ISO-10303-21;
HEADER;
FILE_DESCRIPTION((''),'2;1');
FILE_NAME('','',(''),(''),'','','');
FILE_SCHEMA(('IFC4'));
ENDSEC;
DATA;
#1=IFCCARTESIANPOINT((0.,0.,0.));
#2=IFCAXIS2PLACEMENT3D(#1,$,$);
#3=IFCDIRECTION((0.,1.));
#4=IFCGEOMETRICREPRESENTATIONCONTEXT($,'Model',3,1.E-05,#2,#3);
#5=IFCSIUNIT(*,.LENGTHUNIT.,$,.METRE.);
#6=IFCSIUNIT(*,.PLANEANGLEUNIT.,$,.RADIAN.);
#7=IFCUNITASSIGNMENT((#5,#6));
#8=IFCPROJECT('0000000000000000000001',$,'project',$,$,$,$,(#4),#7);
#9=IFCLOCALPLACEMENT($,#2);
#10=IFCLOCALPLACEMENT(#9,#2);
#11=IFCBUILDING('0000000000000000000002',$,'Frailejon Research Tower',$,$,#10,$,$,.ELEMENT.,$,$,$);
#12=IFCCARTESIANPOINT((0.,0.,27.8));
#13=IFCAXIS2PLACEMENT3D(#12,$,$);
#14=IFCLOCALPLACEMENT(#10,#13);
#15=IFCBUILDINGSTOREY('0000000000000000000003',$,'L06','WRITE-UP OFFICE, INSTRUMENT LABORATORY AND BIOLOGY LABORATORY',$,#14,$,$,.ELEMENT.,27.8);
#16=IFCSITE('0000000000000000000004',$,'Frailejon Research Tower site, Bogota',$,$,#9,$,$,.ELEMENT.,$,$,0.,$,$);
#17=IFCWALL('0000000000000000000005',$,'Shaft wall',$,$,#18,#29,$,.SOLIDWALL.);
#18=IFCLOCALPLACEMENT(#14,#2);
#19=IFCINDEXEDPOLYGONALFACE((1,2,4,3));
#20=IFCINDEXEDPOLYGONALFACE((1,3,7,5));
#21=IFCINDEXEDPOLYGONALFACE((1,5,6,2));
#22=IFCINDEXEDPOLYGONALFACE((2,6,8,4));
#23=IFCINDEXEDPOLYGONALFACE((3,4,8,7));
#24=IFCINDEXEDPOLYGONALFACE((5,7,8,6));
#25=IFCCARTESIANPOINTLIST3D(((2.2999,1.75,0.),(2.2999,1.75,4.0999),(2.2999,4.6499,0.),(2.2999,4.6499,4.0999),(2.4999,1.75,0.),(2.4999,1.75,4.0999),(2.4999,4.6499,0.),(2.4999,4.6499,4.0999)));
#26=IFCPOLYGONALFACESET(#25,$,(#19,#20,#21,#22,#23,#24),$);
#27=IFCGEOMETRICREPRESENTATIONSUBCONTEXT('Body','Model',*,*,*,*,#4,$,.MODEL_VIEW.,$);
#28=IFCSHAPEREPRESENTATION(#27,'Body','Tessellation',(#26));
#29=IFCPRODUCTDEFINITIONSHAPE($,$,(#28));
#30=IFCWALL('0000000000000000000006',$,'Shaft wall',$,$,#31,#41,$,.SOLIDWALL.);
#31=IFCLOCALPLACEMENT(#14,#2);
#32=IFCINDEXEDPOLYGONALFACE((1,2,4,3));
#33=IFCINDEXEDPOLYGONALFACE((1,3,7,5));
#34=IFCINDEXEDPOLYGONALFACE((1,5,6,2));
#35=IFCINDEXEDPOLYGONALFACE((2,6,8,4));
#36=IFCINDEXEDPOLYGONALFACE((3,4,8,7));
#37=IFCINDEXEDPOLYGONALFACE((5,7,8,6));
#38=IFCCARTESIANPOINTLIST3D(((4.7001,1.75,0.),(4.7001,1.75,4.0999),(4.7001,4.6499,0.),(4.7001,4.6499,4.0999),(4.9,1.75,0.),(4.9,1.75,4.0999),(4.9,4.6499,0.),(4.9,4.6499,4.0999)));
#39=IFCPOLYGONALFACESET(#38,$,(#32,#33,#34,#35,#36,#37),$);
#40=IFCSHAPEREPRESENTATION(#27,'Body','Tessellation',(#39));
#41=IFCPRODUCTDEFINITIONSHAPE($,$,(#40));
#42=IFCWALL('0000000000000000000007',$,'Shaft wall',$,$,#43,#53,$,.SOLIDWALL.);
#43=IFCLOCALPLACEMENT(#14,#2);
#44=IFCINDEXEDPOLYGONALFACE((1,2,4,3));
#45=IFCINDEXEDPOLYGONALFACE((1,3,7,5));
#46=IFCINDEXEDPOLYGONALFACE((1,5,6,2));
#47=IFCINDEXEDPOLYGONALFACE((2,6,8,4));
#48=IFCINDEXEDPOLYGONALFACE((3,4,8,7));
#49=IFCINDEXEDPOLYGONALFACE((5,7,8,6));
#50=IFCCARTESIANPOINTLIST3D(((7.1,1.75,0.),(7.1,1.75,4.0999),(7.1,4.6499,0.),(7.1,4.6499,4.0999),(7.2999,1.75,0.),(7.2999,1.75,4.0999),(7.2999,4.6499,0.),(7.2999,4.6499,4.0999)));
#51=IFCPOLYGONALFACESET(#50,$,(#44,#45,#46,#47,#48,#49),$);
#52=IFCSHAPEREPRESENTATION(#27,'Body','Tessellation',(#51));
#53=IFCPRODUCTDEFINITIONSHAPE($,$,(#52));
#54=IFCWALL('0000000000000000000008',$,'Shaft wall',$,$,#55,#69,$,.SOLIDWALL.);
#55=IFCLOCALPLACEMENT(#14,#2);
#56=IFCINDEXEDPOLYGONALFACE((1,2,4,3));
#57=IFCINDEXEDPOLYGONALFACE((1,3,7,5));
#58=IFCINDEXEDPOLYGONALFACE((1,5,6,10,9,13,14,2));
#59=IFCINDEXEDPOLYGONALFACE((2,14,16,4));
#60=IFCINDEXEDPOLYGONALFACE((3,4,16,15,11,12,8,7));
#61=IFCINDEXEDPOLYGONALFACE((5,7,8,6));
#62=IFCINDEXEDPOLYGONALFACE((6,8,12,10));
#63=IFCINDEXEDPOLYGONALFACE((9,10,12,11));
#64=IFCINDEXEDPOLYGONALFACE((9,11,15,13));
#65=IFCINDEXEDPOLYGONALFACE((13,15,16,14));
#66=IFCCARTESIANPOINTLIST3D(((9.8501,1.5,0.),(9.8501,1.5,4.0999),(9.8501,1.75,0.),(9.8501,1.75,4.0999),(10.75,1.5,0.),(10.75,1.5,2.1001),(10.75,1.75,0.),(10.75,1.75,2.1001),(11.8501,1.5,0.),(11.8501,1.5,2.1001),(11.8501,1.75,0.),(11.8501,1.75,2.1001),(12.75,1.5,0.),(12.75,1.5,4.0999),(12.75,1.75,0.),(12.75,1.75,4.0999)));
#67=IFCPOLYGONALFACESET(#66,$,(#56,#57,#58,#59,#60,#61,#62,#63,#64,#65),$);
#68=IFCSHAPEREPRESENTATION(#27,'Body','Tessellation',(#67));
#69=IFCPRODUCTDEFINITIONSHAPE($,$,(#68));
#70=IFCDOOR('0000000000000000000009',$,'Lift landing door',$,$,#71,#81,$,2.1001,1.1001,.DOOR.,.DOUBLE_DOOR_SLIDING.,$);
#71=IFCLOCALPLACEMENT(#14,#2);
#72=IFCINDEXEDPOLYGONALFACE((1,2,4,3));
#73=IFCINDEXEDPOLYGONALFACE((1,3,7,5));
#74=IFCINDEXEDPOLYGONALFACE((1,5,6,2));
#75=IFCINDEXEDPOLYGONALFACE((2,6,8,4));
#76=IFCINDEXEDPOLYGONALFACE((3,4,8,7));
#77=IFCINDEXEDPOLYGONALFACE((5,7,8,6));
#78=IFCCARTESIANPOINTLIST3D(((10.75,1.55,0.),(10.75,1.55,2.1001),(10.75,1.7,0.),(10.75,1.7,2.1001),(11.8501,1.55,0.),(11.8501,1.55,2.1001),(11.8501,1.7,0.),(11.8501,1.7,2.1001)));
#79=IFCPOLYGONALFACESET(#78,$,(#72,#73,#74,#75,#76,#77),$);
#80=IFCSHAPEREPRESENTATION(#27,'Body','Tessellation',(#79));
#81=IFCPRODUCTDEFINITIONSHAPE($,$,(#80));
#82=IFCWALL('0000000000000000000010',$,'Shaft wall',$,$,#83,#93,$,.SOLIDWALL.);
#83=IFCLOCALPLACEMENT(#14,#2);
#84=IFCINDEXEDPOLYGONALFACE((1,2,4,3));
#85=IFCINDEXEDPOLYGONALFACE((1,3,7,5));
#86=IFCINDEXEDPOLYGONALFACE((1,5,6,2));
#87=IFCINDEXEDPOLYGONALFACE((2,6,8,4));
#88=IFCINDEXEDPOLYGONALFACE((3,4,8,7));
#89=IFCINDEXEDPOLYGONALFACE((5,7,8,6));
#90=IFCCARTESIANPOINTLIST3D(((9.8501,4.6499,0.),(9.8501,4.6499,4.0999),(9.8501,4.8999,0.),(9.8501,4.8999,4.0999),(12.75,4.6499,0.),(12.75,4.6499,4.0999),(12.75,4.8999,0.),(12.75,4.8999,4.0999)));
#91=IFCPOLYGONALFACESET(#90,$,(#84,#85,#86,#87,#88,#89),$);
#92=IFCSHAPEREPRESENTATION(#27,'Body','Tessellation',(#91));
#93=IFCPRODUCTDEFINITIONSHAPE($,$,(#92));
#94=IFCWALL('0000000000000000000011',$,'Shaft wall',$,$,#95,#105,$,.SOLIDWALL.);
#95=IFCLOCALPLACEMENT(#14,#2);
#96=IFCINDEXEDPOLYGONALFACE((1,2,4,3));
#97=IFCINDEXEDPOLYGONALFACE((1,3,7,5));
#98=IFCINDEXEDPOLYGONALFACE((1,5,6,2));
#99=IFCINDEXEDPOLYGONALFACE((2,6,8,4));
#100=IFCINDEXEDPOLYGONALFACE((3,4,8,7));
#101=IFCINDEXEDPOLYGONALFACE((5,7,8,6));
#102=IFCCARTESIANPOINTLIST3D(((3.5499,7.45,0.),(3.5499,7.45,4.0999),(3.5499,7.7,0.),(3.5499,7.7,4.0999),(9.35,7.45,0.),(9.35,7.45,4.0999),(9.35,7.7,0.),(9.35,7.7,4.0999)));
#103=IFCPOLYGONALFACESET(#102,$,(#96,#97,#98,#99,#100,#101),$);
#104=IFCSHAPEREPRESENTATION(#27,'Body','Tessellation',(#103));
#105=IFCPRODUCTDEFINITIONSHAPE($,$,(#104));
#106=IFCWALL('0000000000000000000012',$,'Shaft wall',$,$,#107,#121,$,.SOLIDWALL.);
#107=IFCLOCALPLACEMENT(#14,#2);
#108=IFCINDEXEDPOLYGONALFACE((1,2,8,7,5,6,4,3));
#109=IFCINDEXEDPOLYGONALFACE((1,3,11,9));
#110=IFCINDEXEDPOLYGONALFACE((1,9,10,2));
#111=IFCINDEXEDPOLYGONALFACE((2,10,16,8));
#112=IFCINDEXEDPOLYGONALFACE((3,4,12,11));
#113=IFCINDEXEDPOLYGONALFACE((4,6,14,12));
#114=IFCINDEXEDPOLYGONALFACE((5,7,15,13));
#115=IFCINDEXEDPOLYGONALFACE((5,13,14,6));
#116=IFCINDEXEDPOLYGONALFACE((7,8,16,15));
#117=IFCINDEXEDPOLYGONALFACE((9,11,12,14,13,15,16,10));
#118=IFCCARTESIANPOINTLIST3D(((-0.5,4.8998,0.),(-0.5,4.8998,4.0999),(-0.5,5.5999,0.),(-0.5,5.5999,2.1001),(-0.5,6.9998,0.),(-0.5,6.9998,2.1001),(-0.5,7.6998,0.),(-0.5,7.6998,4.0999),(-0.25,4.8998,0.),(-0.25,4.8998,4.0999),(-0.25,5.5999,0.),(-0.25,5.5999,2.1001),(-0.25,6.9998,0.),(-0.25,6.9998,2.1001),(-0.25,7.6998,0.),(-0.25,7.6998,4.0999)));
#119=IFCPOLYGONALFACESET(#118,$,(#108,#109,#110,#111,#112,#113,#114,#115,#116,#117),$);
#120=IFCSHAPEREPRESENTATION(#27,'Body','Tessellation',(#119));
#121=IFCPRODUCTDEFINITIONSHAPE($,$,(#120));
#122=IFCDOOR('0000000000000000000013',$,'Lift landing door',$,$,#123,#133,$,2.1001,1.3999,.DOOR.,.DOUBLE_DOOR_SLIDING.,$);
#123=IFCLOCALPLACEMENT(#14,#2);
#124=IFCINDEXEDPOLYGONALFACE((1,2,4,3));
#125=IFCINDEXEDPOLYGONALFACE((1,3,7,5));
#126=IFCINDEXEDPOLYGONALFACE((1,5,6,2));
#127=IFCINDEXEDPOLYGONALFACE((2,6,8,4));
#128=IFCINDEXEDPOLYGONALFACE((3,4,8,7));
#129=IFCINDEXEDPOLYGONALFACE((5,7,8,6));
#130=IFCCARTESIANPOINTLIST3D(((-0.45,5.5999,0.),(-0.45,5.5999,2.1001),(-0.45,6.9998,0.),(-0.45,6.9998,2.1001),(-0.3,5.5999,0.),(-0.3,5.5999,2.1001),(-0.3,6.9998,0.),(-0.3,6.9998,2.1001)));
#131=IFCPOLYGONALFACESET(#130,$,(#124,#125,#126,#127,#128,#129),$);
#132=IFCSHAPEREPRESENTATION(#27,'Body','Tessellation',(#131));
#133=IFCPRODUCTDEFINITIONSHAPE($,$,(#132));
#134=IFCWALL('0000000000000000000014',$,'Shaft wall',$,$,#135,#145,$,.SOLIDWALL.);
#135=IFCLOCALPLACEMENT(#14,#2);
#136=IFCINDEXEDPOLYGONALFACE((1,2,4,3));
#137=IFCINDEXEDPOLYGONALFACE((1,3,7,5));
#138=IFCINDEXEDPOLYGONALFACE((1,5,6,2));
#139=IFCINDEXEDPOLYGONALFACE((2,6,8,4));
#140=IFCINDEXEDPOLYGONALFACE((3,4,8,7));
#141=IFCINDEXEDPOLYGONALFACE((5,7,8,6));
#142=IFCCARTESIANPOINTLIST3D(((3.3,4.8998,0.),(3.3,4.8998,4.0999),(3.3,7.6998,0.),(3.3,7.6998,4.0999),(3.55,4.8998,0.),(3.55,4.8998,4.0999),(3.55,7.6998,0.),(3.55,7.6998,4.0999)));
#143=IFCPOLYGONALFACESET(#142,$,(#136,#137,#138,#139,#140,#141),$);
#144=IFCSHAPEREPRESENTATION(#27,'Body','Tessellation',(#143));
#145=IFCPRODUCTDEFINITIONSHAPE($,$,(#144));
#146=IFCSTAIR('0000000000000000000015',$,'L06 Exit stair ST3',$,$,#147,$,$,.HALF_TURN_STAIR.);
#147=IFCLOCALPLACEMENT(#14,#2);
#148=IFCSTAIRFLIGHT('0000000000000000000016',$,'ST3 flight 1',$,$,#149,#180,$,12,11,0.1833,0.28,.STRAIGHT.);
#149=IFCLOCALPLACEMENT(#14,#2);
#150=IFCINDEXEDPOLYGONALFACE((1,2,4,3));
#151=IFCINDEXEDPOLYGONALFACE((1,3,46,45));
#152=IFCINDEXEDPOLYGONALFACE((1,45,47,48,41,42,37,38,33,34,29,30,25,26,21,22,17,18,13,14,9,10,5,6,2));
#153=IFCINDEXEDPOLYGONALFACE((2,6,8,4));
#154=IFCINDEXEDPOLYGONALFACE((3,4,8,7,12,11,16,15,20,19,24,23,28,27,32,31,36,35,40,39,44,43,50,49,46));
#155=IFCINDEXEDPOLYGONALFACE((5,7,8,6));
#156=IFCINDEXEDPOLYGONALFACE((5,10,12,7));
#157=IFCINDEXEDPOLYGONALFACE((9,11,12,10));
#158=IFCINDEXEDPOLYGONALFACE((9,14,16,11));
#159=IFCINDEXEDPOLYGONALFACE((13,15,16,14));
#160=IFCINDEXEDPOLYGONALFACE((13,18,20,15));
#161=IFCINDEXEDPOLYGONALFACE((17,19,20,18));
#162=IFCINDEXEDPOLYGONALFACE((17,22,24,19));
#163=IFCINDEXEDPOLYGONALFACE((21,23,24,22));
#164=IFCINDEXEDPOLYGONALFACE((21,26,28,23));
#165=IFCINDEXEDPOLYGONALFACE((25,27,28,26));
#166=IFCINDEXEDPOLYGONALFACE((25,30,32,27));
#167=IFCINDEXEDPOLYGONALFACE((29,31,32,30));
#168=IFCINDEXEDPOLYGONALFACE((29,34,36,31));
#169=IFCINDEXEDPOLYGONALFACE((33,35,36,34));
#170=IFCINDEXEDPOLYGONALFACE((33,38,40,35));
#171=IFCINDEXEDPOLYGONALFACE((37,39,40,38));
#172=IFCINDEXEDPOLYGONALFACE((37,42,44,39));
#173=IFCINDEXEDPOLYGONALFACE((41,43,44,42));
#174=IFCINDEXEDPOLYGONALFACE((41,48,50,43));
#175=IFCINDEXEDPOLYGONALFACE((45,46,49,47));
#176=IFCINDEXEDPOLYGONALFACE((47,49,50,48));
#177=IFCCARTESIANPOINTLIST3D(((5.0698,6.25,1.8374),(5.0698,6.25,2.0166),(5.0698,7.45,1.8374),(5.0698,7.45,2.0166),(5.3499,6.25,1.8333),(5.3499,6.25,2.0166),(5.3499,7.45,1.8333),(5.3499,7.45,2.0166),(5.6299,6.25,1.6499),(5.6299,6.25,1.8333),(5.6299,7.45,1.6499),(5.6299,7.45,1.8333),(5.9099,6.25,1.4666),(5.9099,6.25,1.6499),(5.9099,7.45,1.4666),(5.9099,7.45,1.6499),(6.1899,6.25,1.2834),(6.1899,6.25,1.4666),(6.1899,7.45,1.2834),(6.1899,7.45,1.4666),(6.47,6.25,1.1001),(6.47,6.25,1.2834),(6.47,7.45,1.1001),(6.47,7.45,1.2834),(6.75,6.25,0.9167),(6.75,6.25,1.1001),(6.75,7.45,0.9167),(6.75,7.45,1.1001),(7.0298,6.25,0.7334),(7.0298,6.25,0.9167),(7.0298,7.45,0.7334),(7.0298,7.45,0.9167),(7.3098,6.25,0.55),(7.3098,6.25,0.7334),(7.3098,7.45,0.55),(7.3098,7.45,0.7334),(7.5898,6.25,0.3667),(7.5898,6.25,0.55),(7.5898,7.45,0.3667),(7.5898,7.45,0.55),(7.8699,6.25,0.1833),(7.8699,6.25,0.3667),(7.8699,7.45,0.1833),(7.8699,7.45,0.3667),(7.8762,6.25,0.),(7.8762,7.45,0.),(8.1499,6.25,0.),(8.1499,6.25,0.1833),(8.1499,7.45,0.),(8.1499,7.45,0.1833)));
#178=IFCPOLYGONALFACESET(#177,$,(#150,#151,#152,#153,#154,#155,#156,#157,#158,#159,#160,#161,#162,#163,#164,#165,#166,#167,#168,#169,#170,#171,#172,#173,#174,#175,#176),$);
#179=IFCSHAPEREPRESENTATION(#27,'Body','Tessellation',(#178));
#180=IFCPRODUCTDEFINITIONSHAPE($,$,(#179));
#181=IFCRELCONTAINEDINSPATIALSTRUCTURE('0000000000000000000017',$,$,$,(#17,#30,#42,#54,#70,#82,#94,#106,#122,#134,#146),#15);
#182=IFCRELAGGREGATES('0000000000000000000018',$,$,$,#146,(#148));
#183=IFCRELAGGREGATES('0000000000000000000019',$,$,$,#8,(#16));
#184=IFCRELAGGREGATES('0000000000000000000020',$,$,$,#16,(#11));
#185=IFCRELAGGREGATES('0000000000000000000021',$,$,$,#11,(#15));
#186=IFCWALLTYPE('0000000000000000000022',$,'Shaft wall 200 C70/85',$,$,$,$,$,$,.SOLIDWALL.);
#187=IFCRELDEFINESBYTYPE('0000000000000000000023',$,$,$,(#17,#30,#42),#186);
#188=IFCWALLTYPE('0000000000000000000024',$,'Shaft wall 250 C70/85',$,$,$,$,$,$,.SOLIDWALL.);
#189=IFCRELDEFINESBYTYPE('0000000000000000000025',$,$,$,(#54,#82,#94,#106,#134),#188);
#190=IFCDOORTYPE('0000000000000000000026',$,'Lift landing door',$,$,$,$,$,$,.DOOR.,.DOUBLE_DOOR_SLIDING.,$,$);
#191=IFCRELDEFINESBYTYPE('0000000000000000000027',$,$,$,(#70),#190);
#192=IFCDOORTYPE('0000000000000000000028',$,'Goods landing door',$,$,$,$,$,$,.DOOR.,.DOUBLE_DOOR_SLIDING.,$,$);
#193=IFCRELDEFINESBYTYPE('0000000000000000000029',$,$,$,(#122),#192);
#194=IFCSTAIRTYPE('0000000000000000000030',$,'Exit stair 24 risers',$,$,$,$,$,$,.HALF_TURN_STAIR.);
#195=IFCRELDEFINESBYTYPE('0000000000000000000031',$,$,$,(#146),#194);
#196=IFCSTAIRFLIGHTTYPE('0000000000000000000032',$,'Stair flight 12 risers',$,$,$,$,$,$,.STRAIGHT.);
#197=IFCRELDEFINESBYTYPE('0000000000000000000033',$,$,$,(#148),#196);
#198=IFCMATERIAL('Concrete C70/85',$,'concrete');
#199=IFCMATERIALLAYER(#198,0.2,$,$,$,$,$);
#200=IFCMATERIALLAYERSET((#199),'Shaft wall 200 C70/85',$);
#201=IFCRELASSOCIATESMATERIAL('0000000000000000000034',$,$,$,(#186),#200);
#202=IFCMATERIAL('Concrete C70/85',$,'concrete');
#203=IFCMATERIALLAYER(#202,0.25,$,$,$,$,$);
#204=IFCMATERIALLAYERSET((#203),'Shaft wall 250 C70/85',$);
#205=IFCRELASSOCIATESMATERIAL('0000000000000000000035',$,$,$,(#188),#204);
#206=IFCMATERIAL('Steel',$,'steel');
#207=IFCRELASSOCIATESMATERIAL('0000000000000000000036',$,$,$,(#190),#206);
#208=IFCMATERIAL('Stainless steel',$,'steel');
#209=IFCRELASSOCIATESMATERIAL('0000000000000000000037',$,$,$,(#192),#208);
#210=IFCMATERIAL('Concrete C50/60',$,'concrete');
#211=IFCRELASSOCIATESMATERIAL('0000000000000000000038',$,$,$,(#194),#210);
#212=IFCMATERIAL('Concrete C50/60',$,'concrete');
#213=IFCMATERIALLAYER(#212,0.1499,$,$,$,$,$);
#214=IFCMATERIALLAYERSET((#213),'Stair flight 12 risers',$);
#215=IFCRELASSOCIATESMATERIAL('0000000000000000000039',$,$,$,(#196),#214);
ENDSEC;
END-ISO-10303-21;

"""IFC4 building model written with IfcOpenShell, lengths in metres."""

from ifc_helpers import new_model, si_unit, direction, frame, frame_2d, origin, place, context, subcontext, project, spatial, polyline, rectangle, outline, extrude, material, layer, layer_set, type_object, element, fill, aggregate, save


model = new_model("IFC4")

# Units and contexts
model_context = context("Model", 3, precision=1e-05, world=origin(), true_north=direction((0.0, 1.0)))
body_context = subcontext(model_context, "Body", "Model", "MODEL_VIEW")
ifc_project = project(units=[si_unit("LENGTHUNIT", "METRE"), si_unit("PLANEANGLEUNIT", "RADIAN")], contexts=[model_context])

# Site, building, storey
site_placement = place(None, origin())
site = spatial("IfcSite", under=ifc_project, at=site_placement, Name="Frailejon Research Tower site, Bogota", CompositionType="ELEMENT", RefElevation=0.0)
building_placement = place(site_placement, origin())
building = spatial("IfcBuilding", under=site, at=building_placement, Name="Frailejon Research Tower", CompositionType="ELEMENT")
storey_placement = place(building_placement, frame((0.0, 0.0, 27.8)))
storey = spatial("IfcBuildingStorey", under=building, at=storey_placement, Name="L06", Description="WRITE-UP OFFICE, INSTRUMENT LABORATORY AND BIOLOGY LABORATORY", CompositionType="ELEMENT", Elevation=27.8)

# Walls
ifc_material_1 = material(Name="Concrete C70/85", Category="concrete")
ifc_layer_1 = layer(ifc_material_1, 0.2)
ifc_layer_set_1 = layer_set([ifc_layer_1], Name="Shaft wall 200 C70/85")
wall_type_1 = type_object("IfcWallType", Name="Shaft wall 200 C70/85", PredefinedType="SOLIDWALL", material=ifc_layer_set_1)
for number, where, z_axis, x_axis, name in (
    (1, (2.3999, 1.75, 0.0), (0.0, 0.0, 1.0), (0.0, 1.0, 0.0), "Shaft wall"),
    (2, (4.8, 1.75, 0.0), (0.0, 0.0, 1.0), (0.0, 1.0, 0.0), "Shaft wall"),
    (3, (7.2, 1.75, 0.0), (0.0, 0.0, 1.0), (0.0, 1.0, 0.0), "Shaft wall"),
):
    element("IfcWall", number, at=place(storey_placement, frame(where, z_axis=z_axis, x_axis=x_axis)), inside=storey, type_object=wall_type_1, Name=name, PredefinedType="SOLIDWALL", context=body_context, shape_type="SweptSolid", body=[
        extrude(rectangle(XDim=2.8999, YDim=0.2, at=frame_2d((1.45, 0.0))), origin(), (0.0, 0.0, 1.0), 4.0999),
    ])

# Wall, opening, door
ifc_material_2 = material(Name="Concrete C70/85", Category="concrete")
ifc_layer_2 = layer(ifc_material_2, 0.25)
ifc_layer_set_2 = layer_set([ifc_layer_2], Name="Shaft wall 250 C70/85")
wall_type_2 = type_object("IfcWallType", Name="Shaft wall 250 C70/85", PredefinedType="SOLIDWALL", material=ifc_layer_set_2)
wall_1_placement = place(storey_placement, frame((9.8501, 1.625, 0.0), z_axis=(0.0, 0.0, 1.0), x_axis=(1.0, 0.0, 0.0)))
wall_1 = element("IfcWall", 4, at=wall_1_placement, inside=storey, type_object=wall_type_2, Name="Shaft wall", PredefinedType="SOLIDWALL", context=body_context, shape_type="SweptSolid", body=[
    extrude(rectangle(XDim=2.8999, YDim=0.25, at=frame_2d((1.45, 0.0))), origin(), (0.0, 0.0, 1.0), 4.0999),
])
opening_1_placement = place(wall_1_placement, frame((0.8999, 0.0, 0.0)))
opening_1 = element("IfcOpeningElement", 5, at=opening_1_placement, cuts=wall_1, PredefinedType="OPENING", context=body_context, shape_type="SweptSolid", body=[
    extrude(rectangle(XDim=1.1001, YDim=2.1001, at=frame_2d((0.55, 1.05))), frame((0.0, 0.135, 0.0), z_axis=(0.0, -1.0, 0.0), x_axis=(1.0, 0.0, 0.0)), (0.0, 0.0, 1.0), 0.27),
])
ifc_material_3 = material(Name="Steel", Category="steel")
door_type_1 = type_object("IfcDoorType", Name="Lift landing door", OperationType="DOUBLE_DOOR_SLIDING", PredefinedType="DOOR", material=ifc_material_3)
door_1_placement = place(opening_1_placement, origin())
door_1 = element("IfcDoor", 6, at=door_1_placement, inside=storey, type_object=door_type_1, Name="Lift landing door", OperationType="DOUBLE_DOOR_SLIDING", OverallHeight=2.1001, OverallWidth=1.1001, PredefinedType="DOOR", context=body_context, shape_type="SweptSolid", body=[
    extrude(rectangle(XDim=1.1001, YDim=2.1001, at=frame_2d((0.55, 1.05))), frame((0.0, 0.075, 0.0), z_axis=(0.0, -1.0, 0.0), x_axis=(1.0, 0.0, 0.0)), (0.0, 0.0, 1.0), 0.1499),
])
fill(opening_1, door_1)

# Walls
wall_2_placement = place(storey_placement, frame((9.8501, 4.7749, 0.0), z_axis=(0.0, 0.0, 1.0), x_axis=(1.0, 0.0, 0.0)))
element("IfcWall", 7, at=wall_2_placement, inside=storey, type_object=wall_type_2, Name="Shaft wall", PredefinedType="SOLIDWALL", context=body_context, shape_type="SweptSolid", body=[
    extrude(rectangle(XDim=2.8999, YDim=0.25, at=frame_2d((1.45, 0.0))), origin(), (0.0, 0.0, 1.0), 4.0999),
])
wall_3_placement = place(storey_placement, frame((3.55, 7.575, 0.0), z_axis=(0.0, 0.0, 1.0), x_axis=(1.0, 0.0, 0.0)))
element("IfcWall", 8, at=wall_3_placement, inside=storey, type_object=wall_type_2, Name="Shaft wall", PredefinedType="SOLIDWALL", context=body_context, shape_type="SweptSolid", body=[
    extrude(rectangle(XDim=5.8, YDim=0.25, at=frame_2d((2.8999, 0.0))), origin(), (0.0, 0.0, 1.0), 4.0999),
])

# Wall, opening, door
wall_4_placement = place(storey_placement, frame((-0.375, 4.8999, 0.0), z_axis=(0.0, 0.0, 1.0), x_axis=(0.0, 1.0, 0.0)))
wall_4 = element("IfcWall", 9, at=wall_4_placement, inside=storey, type_object=wall_type_2, Name="Shaft wall", PredefinedType="SOLIDWALL", context=body_context, shape_type="SweptSolid", body=[
    extrude(rectangle(XDim=2.8, YDim=0.25, at=frame_2d((1.3999, 0.0))), origin(), (0.0, 0.0, 1.0), 4.0999),
])
opening_2_placement = place(wall_4_placement, frame((0.7, 0.0, 0.0)))
opening_2 = element("IfcOpeningElement", 10, at=opening_2_placement, cuts=wall_4, PredefinedType="OPENING", context=body_context, shape_type="SweptSolid", body=[
    extrude(rectangle(XDim=1.3999, YDim=2.1001, at=frame_2d((0.7, 1.05))), frame((0.0, 0.135, 0.0), z_axis=(0.0, -1.0, 0.0), x_axis=(1.0, 0.0, 0.0)), (0.0, 0.0, 1.0), 0.27),
])
ifc_material_4 = material(Name="Stainless steel", Category="steel")
door_type_2 = type_object("IfcDoorType", Name="Goods landing door", OperationType="DOUBLE_DOOR_SLIDING", PredefinedType="DOOR", material=ifc_material_4)
door_2_placement = place(opening_2_placement, origin())
door_2 = element("IfcDoor", 11, at=door_2_placement, inside=storey, type_object=door_type_2, Name="Lift landing door", OperationType="DOUBLE_DOOR_SLIDING", OverallHeight=2.1001, OverallWidth=1.3999, PredefinedType="DOOR", context=body_context, shape_type="SweptSolid", body=[
    extrude(rectangle(XDim=1.3999, YDim=2.1001, at=frame_2d((0.7, 1.05))), frame((0.0, 0.075, 0.0), z_axis=(0.0, -1.0, 0.0), x_axis=(1.0, 0.0, 0.0)), (0.0, 0.0, 1.0), 0.1499),
])
fill(opening_2, door_2)

# Wall
wall_5_placement = place(storey_placement, frame((3.425, 4.8999, 0.0), z_axis=(0.0, 0.0, 1.0), x_axis=(0.0, 1.0, 0.0)))
element("IfcWall", 12, at=wall_5_placement, inside=storey, type_object=wall_type_2, Name="Shaft wall", PredefinedType="SOLIDWALL", context=body_context, shape_type="SweptSolid", body=[
    extrude(rectangle(XDim=2.8, YDim=0.25, at=frame_2d((1.3999, 0.0))), origin(), (0.0, 0.0, 1.0), 4.0999),
])

# Stair, stair flight
ifc_material_5 = material(Name="Concrete C50/60", Category="concrete")
stair_type = type_object("IfcStairType", Name="Exit stair 24 risers", PredefinedType="HALF_TURN_STAIR", material=ifc_material_5)
stair_placement = place(storey_placement, origin())
stair = element("IfcStair", 13, at=stair_placement, inside=storey, type_object=stair_type, Name="L06 Exit stair ST3", PredefinedType="HALF_TURN_STAIR")
ifc_material_6 = material(Name="Concrete C50/60", Category="concrete")
ifc_layer_3 = layer(ifc_material_6, 0.1499)
ifc_layer_set_3 = layer_set([ifc_layer_3], Name="Stair flight 12 risers")
stair_flight_type = type_object("IfcStairFlightType", Name="Stair flight 12 risers", PredefinedType="STRAIGHT", material=ifc_layer_set_3)
stair_flight_1_placement = place(storey_placement, frame((8.1499, 6.8501, 0.0), z_axis=(0.0, 0.0, 1.0), x_axis=(-1.0, 0.0, 0.0)))
stair_flight_1 = element("IfcStairFlight", 14, at=stair_flight_1_placement, type_object=stair_flight_type, Name="ST3 flight 1", NumberOfRisers=12, NumberOfTreads=11, PredefinedType="STRAIGHT", RiserHeight=0.1833, TreadLength=0.28, context=body_context, shape_type="SweptSolid", body=[
    extrude(outline(polyline([(0.0, 0.0), (0.0, 0.1833), (0.28, 0.1833), (0.28, 0.3667), (0.5601, 0.3667), (0.5601, 0.55), (0.8401, 0.55), (0.8401, 0.7334), (1.1201, 0.7334), (1.1201, 0.9167), (1.3999, 0.9167), (1.3999, 1.1001), (1.6799, 1.1001), (1.6799, 1.2834), (1.96, 1.2834), (1.96, 1.4666), (2.24, 1.4666), (2.24, 1.6499), (2.52, 1.6499), (2.52, 1.8333), (2.8, 1.8333), (2.8, 2.0166), (3.0801, 2.0166), (3.0801, 2.2), (3.0801, 1.8374), (0.2737, 0.0), (0.0, 0.0)])), frame((0.0, 0.6001, 0.0), z_axis=(0.0, -1.0, 0.0), x_axis=(1.0, 0.0, 0.0)), (0.0, 0.0, 1.0), 1.2),
])
aggregate(stair, [stair_flight_1])

save(model, "model.ifc")
